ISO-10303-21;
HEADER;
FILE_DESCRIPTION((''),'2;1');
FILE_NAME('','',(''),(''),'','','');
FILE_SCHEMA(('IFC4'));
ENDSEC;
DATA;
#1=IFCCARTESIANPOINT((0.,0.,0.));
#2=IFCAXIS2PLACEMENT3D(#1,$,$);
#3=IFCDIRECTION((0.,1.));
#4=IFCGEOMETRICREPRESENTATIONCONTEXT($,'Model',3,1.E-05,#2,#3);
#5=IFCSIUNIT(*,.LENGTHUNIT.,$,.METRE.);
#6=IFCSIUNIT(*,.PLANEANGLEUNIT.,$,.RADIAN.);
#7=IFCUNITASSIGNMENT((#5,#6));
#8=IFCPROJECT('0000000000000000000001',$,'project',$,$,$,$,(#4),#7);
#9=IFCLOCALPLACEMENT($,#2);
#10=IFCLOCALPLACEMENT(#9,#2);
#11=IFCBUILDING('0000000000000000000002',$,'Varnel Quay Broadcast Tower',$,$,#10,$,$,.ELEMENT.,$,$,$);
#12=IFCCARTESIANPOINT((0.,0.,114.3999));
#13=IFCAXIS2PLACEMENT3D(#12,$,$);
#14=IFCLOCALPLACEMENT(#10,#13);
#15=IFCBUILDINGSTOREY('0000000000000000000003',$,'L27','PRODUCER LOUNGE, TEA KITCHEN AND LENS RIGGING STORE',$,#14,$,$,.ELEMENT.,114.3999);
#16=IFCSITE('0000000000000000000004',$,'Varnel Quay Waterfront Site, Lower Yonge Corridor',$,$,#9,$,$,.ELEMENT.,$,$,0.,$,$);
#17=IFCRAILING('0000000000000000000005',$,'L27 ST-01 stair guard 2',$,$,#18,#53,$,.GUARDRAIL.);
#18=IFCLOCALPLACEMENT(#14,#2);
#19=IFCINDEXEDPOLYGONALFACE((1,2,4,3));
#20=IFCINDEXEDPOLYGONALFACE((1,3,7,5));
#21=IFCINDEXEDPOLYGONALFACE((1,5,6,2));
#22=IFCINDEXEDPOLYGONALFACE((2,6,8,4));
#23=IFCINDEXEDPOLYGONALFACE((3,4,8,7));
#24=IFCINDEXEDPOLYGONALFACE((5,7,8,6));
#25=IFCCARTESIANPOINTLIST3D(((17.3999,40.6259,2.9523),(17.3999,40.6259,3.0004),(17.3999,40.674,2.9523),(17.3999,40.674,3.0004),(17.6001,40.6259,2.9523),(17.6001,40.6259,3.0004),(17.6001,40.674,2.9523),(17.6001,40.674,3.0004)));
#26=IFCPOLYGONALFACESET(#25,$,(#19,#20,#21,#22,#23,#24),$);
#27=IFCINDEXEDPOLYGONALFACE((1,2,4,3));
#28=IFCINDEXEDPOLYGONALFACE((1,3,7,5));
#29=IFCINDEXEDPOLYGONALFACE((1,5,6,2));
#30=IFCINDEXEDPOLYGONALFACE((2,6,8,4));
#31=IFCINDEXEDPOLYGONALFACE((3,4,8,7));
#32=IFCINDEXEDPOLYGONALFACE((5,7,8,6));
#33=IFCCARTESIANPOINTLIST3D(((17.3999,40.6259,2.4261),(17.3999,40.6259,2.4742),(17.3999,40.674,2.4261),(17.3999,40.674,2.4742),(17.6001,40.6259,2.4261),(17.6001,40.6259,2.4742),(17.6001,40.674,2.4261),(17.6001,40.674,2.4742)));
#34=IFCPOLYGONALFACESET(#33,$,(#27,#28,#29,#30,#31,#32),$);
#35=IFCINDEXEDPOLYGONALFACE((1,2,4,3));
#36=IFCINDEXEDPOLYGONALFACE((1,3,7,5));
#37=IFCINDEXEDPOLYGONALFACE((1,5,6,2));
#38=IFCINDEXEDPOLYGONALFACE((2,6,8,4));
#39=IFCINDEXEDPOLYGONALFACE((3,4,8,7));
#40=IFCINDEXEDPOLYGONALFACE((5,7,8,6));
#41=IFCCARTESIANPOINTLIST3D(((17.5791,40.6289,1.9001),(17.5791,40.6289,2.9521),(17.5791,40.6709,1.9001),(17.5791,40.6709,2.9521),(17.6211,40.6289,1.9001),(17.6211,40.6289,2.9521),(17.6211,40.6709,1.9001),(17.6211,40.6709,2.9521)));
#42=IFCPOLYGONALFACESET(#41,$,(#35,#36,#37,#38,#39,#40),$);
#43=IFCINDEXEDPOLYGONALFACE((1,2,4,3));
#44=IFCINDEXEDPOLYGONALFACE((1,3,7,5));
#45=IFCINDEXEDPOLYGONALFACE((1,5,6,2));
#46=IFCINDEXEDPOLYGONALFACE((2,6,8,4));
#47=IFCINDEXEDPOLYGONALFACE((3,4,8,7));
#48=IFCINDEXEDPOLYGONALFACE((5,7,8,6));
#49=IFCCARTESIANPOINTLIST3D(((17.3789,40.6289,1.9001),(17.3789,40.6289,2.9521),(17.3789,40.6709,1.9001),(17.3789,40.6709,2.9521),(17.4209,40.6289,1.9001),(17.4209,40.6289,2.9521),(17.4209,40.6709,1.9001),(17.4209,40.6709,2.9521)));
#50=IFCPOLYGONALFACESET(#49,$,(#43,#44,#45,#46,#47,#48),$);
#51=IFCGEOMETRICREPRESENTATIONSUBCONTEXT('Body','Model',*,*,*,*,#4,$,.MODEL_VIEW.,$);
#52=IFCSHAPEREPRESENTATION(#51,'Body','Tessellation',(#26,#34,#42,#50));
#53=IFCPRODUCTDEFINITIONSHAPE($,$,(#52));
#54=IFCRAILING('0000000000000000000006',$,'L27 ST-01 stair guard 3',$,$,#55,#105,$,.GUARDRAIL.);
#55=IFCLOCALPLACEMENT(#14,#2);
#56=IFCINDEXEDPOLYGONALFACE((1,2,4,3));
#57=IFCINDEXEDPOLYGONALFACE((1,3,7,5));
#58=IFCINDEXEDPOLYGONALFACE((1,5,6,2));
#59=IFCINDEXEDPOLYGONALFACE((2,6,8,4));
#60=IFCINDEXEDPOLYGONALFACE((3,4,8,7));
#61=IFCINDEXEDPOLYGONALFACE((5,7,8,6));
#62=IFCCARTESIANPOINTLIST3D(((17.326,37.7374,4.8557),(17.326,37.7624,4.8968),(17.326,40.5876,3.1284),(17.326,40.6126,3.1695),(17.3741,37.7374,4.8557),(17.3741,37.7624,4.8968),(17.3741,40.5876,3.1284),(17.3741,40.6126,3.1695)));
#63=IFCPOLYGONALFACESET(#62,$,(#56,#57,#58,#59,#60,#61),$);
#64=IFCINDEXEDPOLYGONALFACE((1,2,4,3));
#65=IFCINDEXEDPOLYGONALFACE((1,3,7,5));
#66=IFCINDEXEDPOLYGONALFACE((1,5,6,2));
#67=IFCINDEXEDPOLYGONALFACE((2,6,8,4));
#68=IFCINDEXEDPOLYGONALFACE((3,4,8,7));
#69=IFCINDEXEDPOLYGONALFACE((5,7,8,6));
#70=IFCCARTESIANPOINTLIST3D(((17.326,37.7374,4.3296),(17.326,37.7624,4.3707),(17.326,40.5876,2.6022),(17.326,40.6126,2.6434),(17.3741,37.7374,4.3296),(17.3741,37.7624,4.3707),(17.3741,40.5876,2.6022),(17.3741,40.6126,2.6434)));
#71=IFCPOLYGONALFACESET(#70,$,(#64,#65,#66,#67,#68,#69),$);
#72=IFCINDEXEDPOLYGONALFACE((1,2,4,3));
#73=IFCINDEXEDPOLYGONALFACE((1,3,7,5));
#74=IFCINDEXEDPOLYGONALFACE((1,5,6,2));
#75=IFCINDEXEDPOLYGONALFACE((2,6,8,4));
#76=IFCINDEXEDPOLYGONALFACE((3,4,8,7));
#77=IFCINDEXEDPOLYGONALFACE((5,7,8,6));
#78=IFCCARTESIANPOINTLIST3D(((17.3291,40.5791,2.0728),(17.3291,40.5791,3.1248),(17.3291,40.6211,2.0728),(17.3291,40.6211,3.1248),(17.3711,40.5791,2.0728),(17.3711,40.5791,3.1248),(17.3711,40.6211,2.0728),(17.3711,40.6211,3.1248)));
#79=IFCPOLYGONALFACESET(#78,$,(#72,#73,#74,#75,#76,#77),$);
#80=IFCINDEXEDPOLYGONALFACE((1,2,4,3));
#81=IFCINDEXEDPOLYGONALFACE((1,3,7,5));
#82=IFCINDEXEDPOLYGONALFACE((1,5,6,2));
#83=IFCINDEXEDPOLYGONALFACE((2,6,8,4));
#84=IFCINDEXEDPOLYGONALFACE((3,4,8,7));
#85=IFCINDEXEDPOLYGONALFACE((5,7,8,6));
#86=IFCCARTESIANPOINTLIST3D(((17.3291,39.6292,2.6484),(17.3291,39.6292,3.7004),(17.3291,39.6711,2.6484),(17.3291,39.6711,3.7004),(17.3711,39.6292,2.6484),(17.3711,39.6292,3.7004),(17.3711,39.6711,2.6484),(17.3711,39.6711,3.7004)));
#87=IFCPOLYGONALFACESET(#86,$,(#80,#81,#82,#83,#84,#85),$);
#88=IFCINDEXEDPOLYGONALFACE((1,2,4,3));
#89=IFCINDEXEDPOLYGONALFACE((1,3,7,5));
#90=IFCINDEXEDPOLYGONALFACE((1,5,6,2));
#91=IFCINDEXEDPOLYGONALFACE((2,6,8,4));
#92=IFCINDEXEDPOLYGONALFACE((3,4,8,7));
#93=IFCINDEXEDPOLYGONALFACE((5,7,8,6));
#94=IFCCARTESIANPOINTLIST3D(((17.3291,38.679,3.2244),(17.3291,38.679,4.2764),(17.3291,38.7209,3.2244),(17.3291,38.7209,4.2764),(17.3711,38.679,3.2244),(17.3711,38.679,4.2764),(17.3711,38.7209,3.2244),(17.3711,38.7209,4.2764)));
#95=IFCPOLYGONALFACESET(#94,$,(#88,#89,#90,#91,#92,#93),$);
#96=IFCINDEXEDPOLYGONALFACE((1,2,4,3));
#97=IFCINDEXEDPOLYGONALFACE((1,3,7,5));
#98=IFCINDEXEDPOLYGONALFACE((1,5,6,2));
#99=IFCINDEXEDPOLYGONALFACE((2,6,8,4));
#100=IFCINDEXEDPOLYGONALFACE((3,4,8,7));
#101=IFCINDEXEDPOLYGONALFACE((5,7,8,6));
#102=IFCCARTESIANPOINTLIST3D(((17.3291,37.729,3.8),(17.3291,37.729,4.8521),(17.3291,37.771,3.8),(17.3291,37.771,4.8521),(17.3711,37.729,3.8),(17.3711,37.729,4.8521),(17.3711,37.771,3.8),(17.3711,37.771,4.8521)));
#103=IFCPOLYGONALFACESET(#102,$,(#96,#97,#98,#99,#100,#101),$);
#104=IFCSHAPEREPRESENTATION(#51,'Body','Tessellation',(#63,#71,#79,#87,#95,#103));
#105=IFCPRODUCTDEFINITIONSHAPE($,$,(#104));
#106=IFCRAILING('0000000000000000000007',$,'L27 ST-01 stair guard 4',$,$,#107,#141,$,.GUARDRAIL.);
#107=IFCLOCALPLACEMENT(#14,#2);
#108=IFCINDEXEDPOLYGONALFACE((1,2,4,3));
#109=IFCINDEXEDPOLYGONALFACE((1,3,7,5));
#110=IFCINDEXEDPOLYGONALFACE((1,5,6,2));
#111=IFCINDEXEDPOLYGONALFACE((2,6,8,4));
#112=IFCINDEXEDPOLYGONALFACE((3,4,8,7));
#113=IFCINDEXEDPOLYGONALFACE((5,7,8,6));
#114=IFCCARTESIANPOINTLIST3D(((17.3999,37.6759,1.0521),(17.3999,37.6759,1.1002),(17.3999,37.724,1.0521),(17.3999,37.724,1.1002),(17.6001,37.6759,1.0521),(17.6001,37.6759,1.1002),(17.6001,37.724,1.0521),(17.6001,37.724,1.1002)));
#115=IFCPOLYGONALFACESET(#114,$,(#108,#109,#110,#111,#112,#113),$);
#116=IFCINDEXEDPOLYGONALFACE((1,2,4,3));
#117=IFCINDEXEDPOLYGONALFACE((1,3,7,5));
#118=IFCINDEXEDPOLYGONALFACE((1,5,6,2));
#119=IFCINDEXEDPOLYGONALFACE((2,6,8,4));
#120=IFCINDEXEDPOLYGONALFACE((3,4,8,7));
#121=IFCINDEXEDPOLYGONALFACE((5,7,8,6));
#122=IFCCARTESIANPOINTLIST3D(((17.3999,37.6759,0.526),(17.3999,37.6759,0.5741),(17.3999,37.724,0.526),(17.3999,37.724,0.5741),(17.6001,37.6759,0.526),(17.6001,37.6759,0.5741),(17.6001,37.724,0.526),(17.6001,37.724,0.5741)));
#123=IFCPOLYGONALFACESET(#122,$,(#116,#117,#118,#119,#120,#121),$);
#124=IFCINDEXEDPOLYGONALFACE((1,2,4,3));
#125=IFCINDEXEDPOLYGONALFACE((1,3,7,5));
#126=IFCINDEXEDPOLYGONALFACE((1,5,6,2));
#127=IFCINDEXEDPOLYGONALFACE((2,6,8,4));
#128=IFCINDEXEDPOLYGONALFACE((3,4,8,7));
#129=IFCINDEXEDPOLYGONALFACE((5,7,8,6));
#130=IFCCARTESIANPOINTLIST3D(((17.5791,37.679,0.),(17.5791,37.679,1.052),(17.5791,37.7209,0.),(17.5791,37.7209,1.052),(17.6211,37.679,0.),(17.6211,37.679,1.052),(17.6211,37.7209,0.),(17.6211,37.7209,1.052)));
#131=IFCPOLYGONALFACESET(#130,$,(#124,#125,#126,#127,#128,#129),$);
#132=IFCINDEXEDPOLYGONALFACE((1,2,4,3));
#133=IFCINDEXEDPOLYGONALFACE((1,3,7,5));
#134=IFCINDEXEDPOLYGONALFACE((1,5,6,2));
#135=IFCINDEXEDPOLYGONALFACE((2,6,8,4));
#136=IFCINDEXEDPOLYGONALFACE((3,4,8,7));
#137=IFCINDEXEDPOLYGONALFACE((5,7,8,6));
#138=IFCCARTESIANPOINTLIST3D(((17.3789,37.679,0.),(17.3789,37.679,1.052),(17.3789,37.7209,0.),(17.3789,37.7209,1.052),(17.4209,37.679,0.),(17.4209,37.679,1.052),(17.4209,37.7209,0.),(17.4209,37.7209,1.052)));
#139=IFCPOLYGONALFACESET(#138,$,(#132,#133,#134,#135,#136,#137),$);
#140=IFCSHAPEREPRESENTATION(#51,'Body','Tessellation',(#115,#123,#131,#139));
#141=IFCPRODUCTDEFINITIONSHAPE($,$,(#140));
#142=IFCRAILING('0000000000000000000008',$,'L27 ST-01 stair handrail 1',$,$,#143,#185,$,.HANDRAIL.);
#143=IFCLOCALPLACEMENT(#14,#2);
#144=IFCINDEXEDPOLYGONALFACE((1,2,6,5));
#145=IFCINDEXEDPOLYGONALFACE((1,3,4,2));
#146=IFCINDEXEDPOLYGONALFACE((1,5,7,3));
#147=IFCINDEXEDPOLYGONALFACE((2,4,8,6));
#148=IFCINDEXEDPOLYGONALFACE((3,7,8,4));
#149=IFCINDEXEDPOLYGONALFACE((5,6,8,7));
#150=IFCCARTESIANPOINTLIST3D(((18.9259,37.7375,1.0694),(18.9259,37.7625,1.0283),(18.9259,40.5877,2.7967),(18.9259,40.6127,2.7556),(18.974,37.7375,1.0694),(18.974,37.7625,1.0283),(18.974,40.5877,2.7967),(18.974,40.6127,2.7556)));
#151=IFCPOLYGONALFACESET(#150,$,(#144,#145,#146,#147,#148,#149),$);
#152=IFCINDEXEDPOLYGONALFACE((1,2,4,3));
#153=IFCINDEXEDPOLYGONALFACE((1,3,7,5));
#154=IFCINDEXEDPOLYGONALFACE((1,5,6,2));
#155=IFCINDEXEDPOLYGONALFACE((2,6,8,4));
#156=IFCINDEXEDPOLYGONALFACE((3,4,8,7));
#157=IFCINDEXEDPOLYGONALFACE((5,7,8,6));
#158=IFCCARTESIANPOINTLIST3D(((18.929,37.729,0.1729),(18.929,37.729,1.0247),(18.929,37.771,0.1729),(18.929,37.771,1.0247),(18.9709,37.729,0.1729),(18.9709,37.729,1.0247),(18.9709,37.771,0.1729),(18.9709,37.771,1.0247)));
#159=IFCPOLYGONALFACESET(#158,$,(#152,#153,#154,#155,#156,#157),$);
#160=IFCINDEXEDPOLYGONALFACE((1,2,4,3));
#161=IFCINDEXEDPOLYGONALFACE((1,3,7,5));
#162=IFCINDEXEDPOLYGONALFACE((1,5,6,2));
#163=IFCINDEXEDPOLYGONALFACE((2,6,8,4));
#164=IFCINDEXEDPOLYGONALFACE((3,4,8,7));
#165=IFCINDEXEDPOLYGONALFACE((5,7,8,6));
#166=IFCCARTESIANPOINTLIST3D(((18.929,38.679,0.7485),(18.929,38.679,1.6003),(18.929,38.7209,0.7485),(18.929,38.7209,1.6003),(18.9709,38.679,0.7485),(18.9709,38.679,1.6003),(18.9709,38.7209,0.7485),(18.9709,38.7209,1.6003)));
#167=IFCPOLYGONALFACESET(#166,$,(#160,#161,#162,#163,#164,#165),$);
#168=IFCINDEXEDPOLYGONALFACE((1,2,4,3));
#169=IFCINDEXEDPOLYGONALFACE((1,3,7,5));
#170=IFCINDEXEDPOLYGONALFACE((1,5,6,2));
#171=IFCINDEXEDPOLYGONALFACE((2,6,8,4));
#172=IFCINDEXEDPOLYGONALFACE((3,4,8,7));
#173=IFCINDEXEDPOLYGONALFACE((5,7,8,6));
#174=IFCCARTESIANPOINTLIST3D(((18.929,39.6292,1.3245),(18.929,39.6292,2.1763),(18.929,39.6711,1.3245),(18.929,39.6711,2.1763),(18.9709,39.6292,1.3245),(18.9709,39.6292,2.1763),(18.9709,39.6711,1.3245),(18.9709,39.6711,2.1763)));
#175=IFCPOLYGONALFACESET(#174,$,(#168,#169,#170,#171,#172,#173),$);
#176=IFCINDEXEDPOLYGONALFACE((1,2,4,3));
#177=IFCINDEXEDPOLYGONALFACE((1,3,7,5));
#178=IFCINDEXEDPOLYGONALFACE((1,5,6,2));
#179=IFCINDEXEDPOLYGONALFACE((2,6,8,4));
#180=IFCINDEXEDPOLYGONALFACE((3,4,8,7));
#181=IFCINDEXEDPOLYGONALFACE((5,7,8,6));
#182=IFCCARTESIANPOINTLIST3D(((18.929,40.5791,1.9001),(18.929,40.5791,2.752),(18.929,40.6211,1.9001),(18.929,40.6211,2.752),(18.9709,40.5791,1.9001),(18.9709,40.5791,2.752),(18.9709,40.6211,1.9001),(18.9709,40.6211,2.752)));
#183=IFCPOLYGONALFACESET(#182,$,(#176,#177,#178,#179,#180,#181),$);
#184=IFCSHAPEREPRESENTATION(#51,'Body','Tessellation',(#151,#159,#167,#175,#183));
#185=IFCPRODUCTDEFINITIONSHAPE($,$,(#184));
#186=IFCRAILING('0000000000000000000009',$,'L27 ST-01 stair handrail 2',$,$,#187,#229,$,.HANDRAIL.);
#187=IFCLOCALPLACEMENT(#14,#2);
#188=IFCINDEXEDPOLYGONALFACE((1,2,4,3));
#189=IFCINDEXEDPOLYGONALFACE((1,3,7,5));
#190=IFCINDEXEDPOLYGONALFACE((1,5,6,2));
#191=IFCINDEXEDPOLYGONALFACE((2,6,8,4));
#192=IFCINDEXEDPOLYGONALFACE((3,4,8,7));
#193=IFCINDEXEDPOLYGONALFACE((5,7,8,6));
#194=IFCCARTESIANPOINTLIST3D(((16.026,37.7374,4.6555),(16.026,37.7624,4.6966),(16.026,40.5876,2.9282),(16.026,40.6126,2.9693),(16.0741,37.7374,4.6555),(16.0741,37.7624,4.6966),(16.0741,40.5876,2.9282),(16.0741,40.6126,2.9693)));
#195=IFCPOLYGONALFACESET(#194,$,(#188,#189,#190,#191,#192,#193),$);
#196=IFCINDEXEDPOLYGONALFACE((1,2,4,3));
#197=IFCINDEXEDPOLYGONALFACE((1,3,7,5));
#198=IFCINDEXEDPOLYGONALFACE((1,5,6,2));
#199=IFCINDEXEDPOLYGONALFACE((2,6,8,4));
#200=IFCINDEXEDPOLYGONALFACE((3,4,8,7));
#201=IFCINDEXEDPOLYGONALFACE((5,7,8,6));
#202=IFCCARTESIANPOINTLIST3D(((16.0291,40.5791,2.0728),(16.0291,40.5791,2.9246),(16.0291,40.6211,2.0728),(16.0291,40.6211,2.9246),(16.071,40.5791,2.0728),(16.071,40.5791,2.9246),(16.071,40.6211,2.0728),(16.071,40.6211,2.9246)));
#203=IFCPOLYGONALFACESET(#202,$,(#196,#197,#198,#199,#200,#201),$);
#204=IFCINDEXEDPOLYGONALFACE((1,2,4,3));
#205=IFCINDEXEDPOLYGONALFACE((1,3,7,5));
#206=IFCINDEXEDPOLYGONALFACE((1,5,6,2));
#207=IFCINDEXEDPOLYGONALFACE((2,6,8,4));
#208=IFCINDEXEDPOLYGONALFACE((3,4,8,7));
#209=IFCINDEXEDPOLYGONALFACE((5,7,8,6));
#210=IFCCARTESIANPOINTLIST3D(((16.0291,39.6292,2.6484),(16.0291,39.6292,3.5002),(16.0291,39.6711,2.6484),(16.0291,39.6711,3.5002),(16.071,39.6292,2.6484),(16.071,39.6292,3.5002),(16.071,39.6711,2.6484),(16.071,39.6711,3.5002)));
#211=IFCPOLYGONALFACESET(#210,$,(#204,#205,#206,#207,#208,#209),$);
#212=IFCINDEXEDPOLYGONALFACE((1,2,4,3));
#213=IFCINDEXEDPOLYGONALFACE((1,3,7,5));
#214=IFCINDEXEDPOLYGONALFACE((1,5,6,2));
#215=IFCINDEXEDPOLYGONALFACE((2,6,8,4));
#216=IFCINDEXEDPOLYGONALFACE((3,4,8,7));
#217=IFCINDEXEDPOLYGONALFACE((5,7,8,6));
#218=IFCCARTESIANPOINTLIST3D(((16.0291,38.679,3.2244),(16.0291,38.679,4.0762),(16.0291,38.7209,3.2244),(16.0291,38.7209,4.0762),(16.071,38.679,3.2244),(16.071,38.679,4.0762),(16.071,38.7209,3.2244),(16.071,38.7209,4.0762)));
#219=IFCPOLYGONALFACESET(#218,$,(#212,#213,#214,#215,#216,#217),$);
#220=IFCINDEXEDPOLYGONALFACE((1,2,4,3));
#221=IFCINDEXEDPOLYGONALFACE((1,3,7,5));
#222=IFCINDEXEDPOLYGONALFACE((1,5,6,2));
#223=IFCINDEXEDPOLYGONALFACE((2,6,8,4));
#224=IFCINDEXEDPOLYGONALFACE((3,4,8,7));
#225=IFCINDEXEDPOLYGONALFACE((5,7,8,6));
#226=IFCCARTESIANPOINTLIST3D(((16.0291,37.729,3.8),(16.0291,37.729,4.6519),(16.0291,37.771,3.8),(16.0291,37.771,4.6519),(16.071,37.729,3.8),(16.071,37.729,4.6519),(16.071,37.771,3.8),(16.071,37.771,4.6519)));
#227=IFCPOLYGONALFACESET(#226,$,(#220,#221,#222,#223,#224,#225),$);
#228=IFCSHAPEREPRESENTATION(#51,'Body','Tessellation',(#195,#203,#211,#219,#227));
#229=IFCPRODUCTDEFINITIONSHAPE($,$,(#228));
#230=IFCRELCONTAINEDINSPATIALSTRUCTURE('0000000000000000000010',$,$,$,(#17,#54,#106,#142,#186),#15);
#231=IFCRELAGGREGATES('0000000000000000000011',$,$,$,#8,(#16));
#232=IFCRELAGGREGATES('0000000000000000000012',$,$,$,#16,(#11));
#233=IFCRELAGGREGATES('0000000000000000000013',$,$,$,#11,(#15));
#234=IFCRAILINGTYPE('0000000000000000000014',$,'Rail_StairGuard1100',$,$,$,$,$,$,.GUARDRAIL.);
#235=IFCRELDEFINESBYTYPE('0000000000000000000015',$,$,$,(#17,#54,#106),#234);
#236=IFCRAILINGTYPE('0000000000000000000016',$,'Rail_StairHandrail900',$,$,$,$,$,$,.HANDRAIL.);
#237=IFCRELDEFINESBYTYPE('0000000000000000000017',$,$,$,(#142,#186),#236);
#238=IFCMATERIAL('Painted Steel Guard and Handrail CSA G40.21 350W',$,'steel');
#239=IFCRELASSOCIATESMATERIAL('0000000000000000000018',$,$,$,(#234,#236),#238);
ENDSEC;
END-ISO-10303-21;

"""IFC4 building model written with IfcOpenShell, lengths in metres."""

from ifc_helpers import new_model, si_unit, direction, frame, origin, origin_2d, place, context, subcontext, project, spatial, rectangle, extrude, material, type_object, element, save


model = new_model("IFC4")

# Units and contexts
model_context = context("Model", 3, precision=1e-05, world=origin(), true_north=direction((0.0, 1.0)))
body_context = subcontext(model_context, "Body", "Model", "MODEL_VIEW")
ifc_project = project(units=[si_unit("LENGTHUNIT", "METRE"), si_unit("PLANEANGLEUNIT", "RADIAN")], contexts=[model_context])

# Site, building, storey
site_placement = place(None, origin())
site = spatial("IfcSite", under=ifc_project, at=site_placement, Name="Varnel Quay Waterfront Site, Lower Yonge Corridor", CompositionType="ELEMENT", RefElevation=0.0)
building_placement = place(site_placement, origin())
building = spatial("IfcBuilding", under=site, at=building_placement, Name="Varnel Quay Broadcast Tower", CompositionType="ELEMENT")
storey_placement = place(building_placement, frame((0.0, 0.0, 114.3999)))
storey = spatial("IfcBuildingStorey", under=building, at=storey_placement, Name="L27", Description="PRODUCER LOUNGE, TEA KITCHEN AND LENS RIGGING STORE", CompositionType="ELEMENT", Elevation=114.3999)

# Railings
ifc_material_1 = material(Name="Painted Steel Guard and Handrail CSA G40.21 350W", Category="steel")
railing_type_1 = type_object("IfcRailingType", Name="Rail_StairGuard1100", PredefinedType="GUARDRAIL", material=ifc_material_1)
railing_1_placement = place(storey_placement, frame((17.6001, 40.6499, 1.9001)))
element("IfcRailing", 1, at=railing_1_placement, inside=storey, type_object=railing_type_1, Name="L27 ST-01 stair guard 2", PredefinedType="GUARDRAIL", context=body_context, shape_type="SweptSolid", body=[
    extrude(rectangle(XDim=0.0481, YDim=0.0481, at=origin_2d()), frame((0.0, 0.0, 1.0762), z_axis=(-1.0, 0.0, 0.0), x_axis=(0.0, -1.0, 0.0)), (0.0, 0.0, 1.0), 0.2002),
    extrude(rectangle(XDim=0.0481, YDim=0.0481, at=origin_2d()), frame((0.0, 0.0, 0.55), z_axis=(-1.0, 0.0, 0.0), x_axis=(0.0, -1.0, 0.0)), (0.0, 0.0, 1.0), 0.2002),
    extrude(rectangle(XDim=0.042, YDim=0.042, at=origin_2d()), origin(), (0.0, 0.0, 1.0), 1.052),
    extrude(rectangle(XDim=0.042, YDim=0.042, at=origin_2d()), frame((-0.2002, 0.0, 0.0)), (0.0, 0.0, 1.0), 1.052),
])
railing_2_placement = place(storey_placement, frame((17.3501, 40.6001, 2.0728)))
element("IfcRailing", 2, at=railing_2_placement, inside=storey, type_object=railing_type_1, Name="L27 ST-01 stair guard 3", PredefinedType="GUARDRAIL", context=body_context, shape_type="SweptSolid", body=[
    extrude(rectangle(XDim=0.0481, YDim=0.0481, at=origin_2d()), frame((0.0, 0.0, 1.0762), z_axis=(0.0, -0.855203, 0.518294), x_axis=(1.0, 0.0, 0.0)), (0.0, 0.0, 1.0), 3.3328),
    extrude(rectangle(XDim=0.0481, YDim=0.0481, at=origin_2d()), frame((0.0, 0.0, 0.55), z_axis=(0.0, -0.855203, 0.518294), x_axis=(1.0, 0.0, 0.0)), (0.0, 0.0, 1.0), 3.3328),
    extrude(rectangle(XDim=0.042, YDim=0.042, at=origin_2d()), origin(), (0.0, 0.0, 1.0), 1.052),
    extrude(rectangle(XDim=0.042, YDim=0.042, at=origin_2d()), frame((0.0, -0.95, 0.5757)), (0.0, 0.0, 1.0), 1.052),
    extrude(rectangle(XDim=0.042, YDim=0.042, at=origin_2d()), frame((0.0, -1.9001, 1.1516)), (0.0, 0.0, 1.0), 1.052),
    extrude(rectangle(XDim=0.042, YDim=0.042, at=origin_2d()), frame((0.0, -2.8501, 1.7273)), (0.0, 0.0, 1.0), 1.052),
])
railing_3_placement = place(storey_placement, frame((17.6001, 37.7, 0.0)))
element("IfcRailing", 3, at=railing_3_placement, inside=storey, type_object=railing_type_1, Name="L27 ST-01 stair guard 4", PredefinedType="GUARDRAIL", context=body_context, shape_type="SweptSolid", body=[
    extrude(rectangle(XDim=0.0481, YDim=0.0481, at=origin_2d()), frame((0.0, 0.0, 1.0762), z_axis=(-1.0, 0.0, 0.0), x_axis=(0.0, -1.0, 0.0)), (0.0, 0.0, 1.0), 0.2002),
    extrude(rectangle(XDim=0.0481, YDim=0.0481, at=origin_2d()), frame((0.0, 0.0, 0.55), z_axis=(-1.0, 0.0, 0.0), x_axis=(0.0, -1.0, 0.0)), (0.0, 0.0, 1.0), 0.2002),
    extrude(rectangle(XDim=0.042, YDim=0.042, at=origin_2d()), origin(), (0.0, 0.0, 1.0), 1.052),
    extrude(rectangle(XDim=0.042, YDim=0.042, at=origin_2d()), frame((-0.2002, 0.0, 0.0)), (0.0, 0.0, 1.0), 1.052),
])
railing_type_2 = type_object("IfcRailingType", Name="Rail_StairHandrail900", PredefinedType="HANDRAIL", material=ifc_material_1)
railing_4_placement = place(storey_placement, frame((18.95, 37.75, 0.1729)))
element("IfcRailing", 4, at=railing_4_placement, inside=storey, type_object=railing_type_2, Name="L27 ST-01 stair handrail 1", PredefinedType="HANDRAIL", context=body_context, shape_type="SweptSolid", body=[
    extrude(rectangle(XDim=0.0481, YDim=0.0481, at=origin_2d()), frame((0.0, 0.0, 0.876), z_axis=(0.0, 0.855203, 0.518294), x_axis=(-1.0, 0.0, 0.0)), (0.0, 0.0, 1.0), 3.3328),
    extrude(rectangle(XDim=0.042, YDim=0.042, at=origin_2d()), origin(), (0.0, 0.0, 1.0), 0.8518),
    extrude(rectangle(XDim=0.042, YDim=0.042, at=origin_2d()), frame((0.0, 0.95, 0.5757)), (0.0, 0.0, 1.0), 0.8518),
    extrude(rectangle(XDim=0.042, YDim=0.042, at=origin_2d()), frame((0.0, 1.9001, 1.1516)), (0.0, 0.0, 1.0), 0.8518),
    extrude(rectangle(XDim=0.042, YDim=0.042, at=origin_2d()), frame((0.0, 2.8501, 1.7273)), (0.0, 0.0, 1.0), 0.8518),
])
railing_5_placement = place(storey_placement, frame((16.05, 40.6001, 2.0728)))
element("IfcRailing", 5, at=railing_5_placement, inside=storey, type_object=railing_type_2, Name="L27 ST-01 stair handrail 2", PredefinedType="HANDRAIL", context=body_context, shape_type="SweptSolid", body=[
    extrude(rectangle(XDim=0.0481, YDim=0.0481, at=origin_2d()), frame((0.0, 0.0, 0.876), z_axis=(0.0, -0.855203, 0.518294), x_axis=(1.0, 0.0, 0.0)), (0.0, 0.0, 1.0), 3.3328),
    extrude(rectangle(XDim=0.042, YDim=0.042, at=origin_2d()), origin(), (0.0, 0.0, 1.0), 0.8518),
    extrude(rectangle(XDim=0.042, YDim=0.042, at=origin_2d()), frame((0.0, -0.95, 0.5757)), (0.0, 0.0, 1.0), 0.8518),
    extrude(rectangle(XDim=0.042, YDim=0.042, at=origin_2d()), frame((0.0, -1.9001, 1.1516)), (0.0, 0.0, 1.0), 0.8518),
    extrude(rectangle(XDim=0.042, YDim=0.042, at=origin_2d()), frame((0.0, -2.8501, 1.7273)), (0.0, 0.0, 1.0), 0.8518),
])

save(model, "model.ifc")
